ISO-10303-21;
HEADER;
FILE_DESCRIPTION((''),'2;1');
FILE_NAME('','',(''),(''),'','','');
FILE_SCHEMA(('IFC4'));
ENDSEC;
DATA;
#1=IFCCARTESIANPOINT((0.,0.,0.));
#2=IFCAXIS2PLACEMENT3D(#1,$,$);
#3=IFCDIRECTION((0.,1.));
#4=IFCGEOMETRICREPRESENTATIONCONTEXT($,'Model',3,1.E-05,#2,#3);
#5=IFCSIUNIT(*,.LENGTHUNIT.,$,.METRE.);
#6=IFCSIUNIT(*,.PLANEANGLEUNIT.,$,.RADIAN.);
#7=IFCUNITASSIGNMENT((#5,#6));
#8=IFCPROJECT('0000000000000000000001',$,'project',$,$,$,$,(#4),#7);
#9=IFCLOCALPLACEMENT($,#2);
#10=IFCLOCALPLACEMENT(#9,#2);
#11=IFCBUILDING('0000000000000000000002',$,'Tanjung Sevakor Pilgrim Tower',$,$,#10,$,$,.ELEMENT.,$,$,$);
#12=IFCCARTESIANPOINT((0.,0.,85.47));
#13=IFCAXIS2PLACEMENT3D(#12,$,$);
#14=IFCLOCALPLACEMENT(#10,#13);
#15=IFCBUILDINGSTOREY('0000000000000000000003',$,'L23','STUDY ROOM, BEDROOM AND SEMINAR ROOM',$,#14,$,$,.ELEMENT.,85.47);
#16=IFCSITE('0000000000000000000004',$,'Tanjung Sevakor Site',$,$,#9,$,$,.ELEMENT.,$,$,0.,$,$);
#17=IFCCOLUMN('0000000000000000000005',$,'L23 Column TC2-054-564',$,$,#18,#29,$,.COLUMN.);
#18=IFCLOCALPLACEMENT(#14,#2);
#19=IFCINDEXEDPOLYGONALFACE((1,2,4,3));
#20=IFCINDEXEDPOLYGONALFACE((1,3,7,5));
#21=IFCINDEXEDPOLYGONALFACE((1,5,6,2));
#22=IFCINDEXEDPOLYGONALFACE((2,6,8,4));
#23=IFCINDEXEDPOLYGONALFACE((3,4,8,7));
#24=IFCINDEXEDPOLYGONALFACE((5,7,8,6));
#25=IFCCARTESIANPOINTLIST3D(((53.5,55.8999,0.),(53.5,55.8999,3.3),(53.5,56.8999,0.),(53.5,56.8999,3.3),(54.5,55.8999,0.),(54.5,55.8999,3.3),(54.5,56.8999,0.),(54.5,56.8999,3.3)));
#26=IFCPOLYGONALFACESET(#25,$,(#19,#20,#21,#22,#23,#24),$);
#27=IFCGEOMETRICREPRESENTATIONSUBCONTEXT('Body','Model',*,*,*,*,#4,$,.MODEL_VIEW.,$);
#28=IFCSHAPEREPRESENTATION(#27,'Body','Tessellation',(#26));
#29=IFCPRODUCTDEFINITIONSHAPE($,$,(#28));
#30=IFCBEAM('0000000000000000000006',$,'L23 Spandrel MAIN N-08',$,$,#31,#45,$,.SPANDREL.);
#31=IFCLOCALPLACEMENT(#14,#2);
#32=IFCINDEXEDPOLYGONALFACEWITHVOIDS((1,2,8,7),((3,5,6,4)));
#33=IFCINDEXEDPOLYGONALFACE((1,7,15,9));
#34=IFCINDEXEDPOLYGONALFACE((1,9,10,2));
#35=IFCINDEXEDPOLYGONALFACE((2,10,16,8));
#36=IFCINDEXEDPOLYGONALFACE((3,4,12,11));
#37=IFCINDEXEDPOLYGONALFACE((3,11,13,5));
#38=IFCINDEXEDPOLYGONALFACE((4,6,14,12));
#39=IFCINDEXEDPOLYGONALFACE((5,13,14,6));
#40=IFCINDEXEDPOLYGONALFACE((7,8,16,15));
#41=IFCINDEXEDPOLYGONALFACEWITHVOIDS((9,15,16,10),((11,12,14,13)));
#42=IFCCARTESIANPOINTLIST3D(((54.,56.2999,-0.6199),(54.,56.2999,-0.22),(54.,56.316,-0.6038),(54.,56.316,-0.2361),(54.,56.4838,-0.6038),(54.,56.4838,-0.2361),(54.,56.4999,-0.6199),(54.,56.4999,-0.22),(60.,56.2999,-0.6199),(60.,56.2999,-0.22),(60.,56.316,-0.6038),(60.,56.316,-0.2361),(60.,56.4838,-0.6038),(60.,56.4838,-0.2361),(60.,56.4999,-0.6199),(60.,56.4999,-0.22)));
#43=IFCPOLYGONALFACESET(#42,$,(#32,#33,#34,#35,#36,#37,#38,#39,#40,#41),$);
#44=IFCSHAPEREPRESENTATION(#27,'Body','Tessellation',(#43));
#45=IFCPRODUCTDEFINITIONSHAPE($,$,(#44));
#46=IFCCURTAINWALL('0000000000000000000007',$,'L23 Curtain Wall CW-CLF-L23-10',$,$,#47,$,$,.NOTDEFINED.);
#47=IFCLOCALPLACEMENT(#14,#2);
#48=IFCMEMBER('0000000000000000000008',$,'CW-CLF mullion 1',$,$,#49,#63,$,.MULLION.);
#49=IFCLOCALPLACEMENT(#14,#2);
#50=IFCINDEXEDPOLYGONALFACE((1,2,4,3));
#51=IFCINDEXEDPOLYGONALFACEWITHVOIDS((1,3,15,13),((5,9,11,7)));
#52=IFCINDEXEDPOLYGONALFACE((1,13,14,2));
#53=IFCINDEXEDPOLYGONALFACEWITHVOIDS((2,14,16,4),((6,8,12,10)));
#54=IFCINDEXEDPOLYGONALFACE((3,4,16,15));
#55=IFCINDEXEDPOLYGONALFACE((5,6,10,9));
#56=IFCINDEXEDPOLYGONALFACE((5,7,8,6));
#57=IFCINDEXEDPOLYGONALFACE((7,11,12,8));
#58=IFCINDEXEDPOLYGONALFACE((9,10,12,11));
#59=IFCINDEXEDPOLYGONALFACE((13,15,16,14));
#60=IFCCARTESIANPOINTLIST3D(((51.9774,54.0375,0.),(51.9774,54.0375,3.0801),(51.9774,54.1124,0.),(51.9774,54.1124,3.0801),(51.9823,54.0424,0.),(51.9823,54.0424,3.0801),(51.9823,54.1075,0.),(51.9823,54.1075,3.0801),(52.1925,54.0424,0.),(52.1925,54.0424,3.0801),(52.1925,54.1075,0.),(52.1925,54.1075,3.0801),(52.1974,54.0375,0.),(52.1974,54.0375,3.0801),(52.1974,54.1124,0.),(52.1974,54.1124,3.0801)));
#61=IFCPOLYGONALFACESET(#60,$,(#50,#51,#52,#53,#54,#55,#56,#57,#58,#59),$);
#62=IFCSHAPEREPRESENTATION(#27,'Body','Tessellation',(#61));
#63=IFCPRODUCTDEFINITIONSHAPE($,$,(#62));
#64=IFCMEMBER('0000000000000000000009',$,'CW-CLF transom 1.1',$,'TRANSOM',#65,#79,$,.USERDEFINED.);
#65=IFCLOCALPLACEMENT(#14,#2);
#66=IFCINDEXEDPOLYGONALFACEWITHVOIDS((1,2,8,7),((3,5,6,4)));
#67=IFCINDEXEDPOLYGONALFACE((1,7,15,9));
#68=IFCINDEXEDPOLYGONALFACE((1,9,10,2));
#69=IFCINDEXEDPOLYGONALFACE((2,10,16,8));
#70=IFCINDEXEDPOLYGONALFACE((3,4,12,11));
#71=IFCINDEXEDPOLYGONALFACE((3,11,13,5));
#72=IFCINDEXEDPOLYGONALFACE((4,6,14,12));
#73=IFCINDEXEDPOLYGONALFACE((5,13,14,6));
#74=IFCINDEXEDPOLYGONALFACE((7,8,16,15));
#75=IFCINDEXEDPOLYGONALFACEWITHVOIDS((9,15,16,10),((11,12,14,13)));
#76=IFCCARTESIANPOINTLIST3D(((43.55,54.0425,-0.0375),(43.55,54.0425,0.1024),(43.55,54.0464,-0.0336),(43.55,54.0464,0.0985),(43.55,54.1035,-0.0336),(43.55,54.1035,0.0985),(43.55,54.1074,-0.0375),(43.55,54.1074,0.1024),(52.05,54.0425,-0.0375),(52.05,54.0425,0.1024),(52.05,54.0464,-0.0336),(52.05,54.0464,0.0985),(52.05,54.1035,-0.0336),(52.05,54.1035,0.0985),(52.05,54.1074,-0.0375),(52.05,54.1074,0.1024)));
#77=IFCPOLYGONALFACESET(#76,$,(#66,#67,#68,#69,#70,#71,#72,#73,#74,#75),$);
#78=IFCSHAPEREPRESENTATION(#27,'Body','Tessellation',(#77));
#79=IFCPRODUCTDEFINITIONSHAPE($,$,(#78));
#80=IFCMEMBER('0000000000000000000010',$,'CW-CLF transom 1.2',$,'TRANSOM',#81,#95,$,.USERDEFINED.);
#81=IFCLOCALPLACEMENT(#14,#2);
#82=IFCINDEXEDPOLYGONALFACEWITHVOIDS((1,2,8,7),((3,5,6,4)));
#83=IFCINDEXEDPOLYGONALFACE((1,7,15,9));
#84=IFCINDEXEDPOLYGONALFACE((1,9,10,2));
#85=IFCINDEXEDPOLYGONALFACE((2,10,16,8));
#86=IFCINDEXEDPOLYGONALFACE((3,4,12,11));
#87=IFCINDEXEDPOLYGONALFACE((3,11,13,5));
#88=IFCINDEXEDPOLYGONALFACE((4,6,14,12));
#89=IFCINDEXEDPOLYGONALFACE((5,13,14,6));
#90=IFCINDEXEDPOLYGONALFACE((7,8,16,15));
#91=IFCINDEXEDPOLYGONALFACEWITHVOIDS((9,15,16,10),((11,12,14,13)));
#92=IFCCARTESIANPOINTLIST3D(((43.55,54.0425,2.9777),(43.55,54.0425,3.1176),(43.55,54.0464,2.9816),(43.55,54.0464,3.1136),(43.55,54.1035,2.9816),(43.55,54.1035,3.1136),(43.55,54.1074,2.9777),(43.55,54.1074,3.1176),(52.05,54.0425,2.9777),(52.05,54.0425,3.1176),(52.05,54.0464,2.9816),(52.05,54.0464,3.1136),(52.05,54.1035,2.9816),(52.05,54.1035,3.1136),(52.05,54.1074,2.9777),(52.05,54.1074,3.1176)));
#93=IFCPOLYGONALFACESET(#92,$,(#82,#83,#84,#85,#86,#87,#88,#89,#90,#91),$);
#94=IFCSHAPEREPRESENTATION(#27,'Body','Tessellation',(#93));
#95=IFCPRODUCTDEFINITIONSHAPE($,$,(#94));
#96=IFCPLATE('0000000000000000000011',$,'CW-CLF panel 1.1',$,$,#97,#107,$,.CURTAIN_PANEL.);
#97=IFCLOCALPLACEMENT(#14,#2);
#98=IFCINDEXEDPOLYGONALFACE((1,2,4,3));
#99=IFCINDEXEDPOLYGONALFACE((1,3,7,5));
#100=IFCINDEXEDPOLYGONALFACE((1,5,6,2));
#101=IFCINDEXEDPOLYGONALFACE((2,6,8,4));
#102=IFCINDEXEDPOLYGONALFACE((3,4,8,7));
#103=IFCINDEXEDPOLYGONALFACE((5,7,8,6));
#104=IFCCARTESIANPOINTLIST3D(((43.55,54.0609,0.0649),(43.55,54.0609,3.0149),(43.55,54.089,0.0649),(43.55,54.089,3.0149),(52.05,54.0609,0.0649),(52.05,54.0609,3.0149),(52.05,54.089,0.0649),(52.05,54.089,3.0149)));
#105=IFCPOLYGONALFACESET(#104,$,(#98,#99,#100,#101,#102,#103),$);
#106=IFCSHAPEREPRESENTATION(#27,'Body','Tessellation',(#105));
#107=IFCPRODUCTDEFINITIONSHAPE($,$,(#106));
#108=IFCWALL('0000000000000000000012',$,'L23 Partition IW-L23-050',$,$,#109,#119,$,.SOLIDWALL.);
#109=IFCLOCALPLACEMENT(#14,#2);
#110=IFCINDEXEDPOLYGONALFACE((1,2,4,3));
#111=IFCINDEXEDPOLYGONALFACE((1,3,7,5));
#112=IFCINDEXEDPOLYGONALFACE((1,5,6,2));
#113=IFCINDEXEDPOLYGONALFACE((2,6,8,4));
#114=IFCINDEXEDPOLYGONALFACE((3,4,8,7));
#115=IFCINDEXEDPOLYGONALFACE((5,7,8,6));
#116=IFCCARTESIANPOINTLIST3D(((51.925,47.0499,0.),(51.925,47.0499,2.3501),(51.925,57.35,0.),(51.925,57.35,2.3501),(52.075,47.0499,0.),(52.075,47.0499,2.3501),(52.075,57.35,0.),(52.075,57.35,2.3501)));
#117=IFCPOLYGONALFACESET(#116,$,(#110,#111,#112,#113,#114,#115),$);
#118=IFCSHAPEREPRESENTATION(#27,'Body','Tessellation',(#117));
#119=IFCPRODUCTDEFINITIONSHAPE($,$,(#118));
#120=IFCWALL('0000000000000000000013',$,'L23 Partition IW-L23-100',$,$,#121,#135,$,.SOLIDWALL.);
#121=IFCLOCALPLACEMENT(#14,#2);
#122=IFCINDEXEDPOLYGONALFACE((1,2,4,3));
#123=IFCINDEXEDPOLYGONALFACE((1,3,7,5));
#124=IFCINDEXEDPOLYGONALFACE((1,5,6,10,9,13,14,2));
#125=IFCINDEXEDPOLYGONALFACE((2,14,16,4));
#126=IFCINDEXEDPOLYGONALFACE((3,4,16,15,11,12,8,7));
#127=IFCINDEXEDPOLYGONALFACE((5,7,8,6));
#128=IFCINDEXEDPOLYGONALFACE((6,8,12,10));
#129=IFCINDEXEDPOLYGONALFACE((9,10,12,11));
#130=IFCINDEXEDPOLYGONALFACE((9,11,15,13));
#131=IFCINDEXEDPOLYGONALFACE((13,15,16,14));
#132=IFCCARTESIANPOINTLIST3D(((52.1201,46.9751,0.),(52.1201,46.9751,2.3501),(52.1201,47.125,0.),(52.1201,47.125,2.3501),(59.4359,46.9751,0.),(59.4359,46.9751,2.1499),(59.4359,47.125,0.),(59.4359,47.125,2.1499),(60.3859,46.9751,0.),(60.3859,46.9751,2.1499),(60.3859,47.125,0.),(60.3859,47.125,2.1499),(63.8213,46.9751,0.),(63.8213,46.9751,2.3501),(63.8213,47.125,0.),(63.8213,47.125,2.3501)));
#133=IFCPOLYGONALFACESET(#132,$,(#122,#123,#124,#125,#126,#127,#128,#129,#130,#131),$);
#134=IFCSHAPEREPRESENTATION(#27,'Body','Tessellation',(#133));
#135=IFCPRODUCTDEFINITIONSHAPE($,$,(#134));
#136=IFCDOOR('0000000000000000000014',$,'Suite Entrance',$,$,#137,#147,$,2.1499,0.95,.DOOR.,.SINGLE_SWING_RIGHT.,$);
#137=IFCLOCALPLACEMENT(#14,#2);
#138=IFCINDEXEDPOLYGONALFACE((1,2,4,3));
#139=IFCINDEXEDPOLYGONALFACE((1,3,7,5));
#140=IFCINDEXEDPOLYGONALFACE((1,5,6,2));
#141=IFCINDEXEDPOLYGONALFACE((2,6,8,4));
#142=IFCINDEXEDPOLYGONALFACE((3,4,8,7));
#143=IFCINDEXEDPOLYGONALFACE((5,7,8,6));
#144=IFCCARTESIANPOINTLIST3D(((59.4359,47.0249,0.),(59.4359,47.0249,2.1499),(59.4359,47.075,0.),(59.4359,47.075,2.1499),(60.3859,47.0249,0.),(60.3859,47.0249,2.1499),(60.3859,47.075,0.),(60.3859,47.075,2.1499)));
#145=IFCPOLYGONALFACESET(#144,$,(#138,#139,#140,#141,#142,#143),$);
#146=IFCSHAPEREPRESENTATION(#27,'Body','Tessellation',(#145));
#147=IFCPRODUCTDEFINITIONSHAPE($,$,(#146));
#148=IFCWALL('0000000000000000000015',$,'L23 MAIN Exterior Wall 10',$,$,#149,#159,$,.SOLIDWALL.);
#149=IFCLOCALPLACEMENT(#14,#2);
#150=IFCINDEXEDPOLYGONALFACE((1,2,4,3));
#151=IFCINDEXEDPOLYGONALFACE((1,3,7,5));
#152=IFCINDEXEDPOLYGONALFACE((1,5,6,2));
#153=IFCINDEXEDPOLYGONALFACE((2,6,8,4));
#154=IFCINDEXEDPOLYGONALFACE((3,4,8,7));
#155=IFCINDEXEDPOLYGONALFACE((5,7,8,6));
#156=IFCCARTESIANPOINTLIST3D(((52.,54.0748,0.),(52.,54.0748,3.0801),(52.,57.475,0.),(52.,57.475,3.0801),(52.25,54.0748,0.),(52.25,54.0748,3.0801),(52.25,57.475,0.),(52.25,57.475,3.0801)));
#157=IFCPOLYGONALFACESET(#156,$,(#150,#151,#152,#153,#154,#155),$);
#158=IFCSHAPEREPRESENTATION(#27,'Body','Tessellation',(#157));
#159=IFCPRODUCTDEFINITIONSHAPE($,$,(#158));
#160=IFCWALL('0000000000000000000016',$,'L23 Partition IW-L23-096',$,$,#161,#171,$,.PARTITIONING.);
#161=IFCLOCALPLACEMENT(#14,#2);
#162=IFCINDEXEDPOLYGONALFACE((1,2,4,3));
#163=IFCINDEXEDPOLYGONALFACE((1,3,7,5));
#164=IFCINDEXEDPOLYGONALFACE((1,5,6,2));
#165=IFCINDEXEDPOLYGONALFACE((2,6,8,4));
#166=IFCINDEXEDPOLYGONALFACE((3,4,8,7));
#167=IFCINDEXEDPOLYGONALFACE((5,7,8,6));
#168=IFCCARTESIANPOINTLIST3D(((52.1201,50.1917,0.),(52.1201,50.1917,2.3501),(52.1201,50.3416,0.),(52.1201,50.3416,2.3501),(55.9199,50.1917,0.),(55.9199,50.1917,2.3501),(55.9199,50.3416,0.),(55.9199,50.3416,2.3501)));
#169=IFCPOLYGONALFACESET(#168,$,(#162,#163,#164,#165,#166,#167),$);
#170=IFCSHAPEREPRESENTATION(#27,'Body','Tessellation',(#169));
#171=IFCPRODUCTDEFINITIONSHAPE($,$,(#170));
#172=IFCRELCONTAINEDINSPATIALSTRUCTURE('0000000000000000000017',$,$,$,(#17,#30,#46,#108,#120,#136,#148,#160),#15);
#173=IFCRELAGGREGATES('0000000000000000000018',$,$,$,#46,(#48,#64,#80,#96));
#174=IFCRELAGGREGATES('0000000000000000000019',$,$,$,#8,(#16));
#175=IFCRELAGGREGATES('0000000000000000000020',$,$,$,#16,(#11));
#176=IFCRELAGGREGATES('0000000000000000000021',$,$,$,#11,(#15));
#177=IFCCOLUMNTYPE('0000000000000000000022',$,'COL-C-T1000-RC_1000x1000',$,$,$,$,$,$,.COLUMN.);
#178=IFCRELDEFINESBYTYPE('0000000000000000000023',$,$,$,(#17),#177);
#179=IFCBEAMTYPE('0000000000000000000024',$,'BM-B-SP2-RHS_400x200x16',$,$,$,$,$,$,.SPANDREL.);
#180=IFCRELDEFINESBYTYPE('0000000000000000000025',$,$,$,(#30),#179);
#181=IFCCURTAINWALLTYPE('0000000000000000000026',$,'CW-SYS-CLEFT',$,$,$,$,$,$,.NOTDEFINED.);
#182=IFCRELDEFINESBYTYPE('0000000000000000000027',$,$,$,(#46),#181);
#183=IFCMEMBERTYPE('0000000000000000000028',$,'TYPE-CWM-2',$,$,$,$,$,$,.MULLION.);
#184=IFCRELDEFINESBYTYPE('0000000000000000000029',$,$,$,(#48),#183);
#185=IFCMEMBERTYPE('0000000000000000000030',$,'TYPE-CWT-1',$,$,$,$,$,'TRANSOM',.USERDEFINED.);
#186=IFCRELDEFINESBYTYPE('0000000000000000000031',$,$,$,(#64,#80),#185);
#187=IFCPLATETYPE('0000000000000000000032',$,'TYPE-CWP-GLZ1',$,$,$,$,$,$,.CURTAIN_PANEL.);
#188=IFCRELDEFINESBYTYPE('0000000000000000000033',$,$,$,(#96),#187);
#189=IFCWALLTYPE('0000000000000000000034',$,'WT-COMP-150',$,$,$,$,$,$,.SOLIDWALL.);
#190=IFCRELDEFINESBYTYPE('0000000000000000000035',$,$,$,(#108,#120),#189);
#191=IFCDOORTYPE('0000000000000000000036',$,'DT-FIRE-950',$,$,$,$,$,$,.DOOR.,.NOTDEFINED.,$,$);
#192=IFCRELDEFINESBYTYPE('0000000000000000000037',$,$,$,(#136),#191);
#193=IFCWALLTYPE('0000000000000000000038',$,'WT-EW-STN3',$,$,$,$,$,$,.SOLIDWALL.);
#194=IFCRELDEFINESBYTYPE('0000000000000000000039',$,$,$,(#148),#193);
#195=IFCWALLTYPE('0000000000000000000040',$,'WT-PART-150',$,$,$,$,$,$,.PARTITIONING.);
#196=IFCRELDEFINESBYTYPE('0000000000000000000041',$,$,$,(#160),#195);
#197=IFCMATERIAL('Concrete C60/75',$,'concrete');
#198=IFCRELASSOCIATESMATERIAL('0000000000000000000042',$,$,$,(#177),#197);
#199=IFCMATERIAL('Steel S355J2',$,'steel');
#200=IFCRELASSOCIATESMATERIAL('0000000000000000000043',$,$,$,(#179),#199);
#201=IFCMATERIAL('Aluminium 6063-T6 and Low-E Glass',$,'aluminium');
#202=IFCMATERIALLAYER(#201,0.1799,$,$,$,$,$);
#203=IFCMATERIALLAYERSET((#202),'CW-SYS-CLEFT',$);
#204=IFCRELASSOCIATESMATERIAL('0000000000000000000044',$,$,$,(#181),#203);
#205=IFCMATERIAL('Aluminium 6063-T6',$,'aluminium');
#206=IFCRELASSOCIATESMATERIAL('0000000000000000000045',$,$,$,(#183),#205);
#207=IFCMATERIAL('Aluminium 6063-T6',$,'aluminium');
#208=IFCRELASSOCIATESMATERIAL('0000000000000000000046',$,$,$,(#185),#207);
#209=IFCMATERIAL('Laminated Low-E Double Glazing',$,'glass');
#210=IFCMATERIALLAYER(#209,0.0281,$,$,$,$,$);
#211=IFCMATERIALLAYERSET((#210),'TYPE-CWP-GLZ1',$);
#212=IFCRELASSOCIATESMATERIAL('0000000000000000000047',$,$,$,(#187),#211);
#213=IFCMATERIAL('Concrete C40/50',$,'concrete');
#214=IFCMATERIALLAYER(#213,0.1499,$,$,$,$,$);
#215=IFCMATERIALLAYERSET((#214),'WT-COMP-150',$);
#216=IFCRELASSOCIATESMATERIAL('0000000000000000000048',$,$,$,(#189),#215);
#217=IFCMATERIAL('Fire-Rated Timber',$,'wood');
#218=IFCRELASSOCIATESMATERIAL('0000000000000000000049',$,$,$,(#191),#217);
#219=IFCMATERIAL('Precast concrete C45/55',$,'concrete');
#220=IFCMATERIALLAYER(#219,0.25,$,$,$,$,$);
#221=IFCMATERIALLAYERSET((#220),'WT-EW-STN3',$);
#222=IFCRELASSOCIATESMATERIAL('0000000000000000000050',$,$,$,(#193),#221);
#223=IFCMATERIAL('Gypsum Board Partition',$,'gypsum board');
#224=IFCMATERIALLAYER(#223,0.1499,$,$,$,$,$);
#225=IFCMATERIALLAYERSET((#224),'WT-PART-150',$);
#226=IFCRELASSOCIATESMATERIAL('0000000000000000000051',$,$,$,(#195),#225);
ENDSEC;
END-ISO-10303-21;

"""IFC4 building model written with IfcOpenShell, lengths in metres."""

from ifc_helpers import new_model, si_unit, direction, frame, frame_2d, origin, origin_2d, place, context, subcontext, project, spatial, rectangle, hollow_rectangle, extrude, material, layer, layer_set, material_profile, profile_set, type_object, element, fill, aggregate, save


model = new_model("IFC4")

# Units and contexts
model_context = context("Model", 3, precision=1e-05, world=origin(), true_north=direction((0.0, 1.0)))
body_context = subcontext(model_context, "Body", "Model", "MODEL_VIEW")
ifc_project = project(units=[si_unit("LENGTHUNIT", "METRE"), si_unit("PLANEANGLEUNIT", "RADIAN")], contexts=[model_context])

# Site, building, storey
site_placement = place(None, origin())
site = spatial("IfcSite", under=ifc_project, at=site_placement, Name="Tanjung Sevakor Site", CompositionType="ELEMENT", RefElevation=0.0)
building_placement = place(site_placement, origin())
building = spatial("IfcBuilding", under=site, at=building_placement, Name="Tanjung Sevakor Pilgrim Tower", CompositionType="ELEMENT")
storey_placement = place(building_placement, frame((0.0, 0.0, 85.47)))
storey = spatial("IfcBuildingStorey", under=building, at=storey_placement, Name="L23", Description="STUDY ROOM, BEDROOM AND SEMINAR ROOM", CompositionType="ELEMENT", Elevation=85.47)

# Column
ifc_material_1 = material(Name="Concrete C60/75", Category="concrete")
ifc_material_profile_1 = material_profile(ifc_material_1, rectangle(XDim=1.0, YDim=1.0, at=origin_2d()))
ifc_profile_set_1 = profile_set([ifc_material_profile_1], Name="Concrete C60/75")
column_type = type_object("IfcColumnType", Name="COL-C-T1000-RC_1000x1000", PredefinedType="COLUMN", material=ifc_profile_set_1)
column_placement = place(storey_placement, frame((54.0, 56.3999, 0.0), z_axis=(0.0, 0.0, 1.0), x_axis=(1.0, 0.0, 0.0)))
element("IfcColumn", 1, at=column_placement, inside=storey, type_object=column_type, Name="L23 Column TC2-054-564", PredefinedType="COLUMN", context=body_context, shape_type="SweptSolid", body=[
    extrude(rectangle(XDim=1.0, YDim=1.0, at=origin_2d()), origin(), (0.0, 0.0, 1.0), 3.3),
])

# Beam
ifc_material_2 = material(Name="Steel S355J2", Category="steel")
ifc_material_profile_2 = material_profile(ifc_material_2, hollow_rectangle(XDim=0.2, YDim=0.3999, WallThickness=0.0161, at=origin_2d()))
ifc_profile_set_2 = profile_set([ifc_material_profile_2], Name="Steel S355J2")
beam_type = type_object("IfcBeamType", Name="BM-B-SP2-RHS_400x200x16", PredefinedType="SPANDREL", material=ifc_profile_set_2)
beam_placement = place(storey_placement, frame((54.0, 56.3999, -0.4199), z_axis=(1.0, 0.0, 0.0), x_axis=(0.0, 1.0, 0.0)))
element("IfcBeam", 2, at=beam_placement, inside=storey, type_object=beam_type, Name="L23 Spandrel MAIN N-08", PredefinedType="SPANDREL", context=body_context, shape_type="SweptSolid", body=[
    extrude(hollow_rectangle(XDim=0.2, YDim=0.3999, WallThickness=0.0161, at=origin_2d()), origin(), (0.0, 0.0, 1.0), 6.0),
])

# Curtain wall, members, plate
ifc_material_3 = material(Name="Aluminium 6063-T6 and Low-E Glass", Category="aluminium")
ifc_layer_1 = layer(ifc_material_3, 0.1799)
ifc_layer_set_1 = layer_set([ifc_layer_1], Name="CW-SYS-CLEFT")
curtain_wall_type = type_object("IfcCurtainWallType", Name="CW-SYS-CLEFT", PredefinedType="NOTDEFINED", material=ifc_layer_set_1)
curtain_wall_placement = place(storey_placement, origin())
curtain_wall = element("IfcCurtainWall", 3, at=curtain_wall_placement, inside=storey, type_object=curtain_wall_type, Name="L23 Curtain Wall CW-CLF-L23-10", PredefinedType="NOTDEFINED")
ifc_material_4 = material(Name="Aluminium 6063-T6", Category="aluminium")
ifc_material_profile_3 = material_profile(ifc_material_4, hollow_rectangle(XDim=0.075, YDim=0.22, WallThickness=0.0049, at=origin_2d()))
ifc_profile_set_3 = profile_set([ifc_material_profile_3], Name="Aluminium 6063-T6")
member_type_1 = type_object("IfcMemberType", Name="TYPE-CWM-2", PredefinedType="MULLION", material=ifc_profile_set_3)
member_1_placement = place(storey_placement, frame((52.0874, 54.075, 0.0), z_axis=(0.0, 0.0, 1.0), x_axis=(0.0, -1.0, 0.0)))
member_1 = element("IfcMember", 4, at=member_1_placement, type_object=member_type_1, Name="CW-CLF mullion 1", PredefinedType="MULLION", context=body_context, shape_type="SweptSolid", body=[
    extrude(hollow_rectangle(XDim=0.075, YDim=0.22, WallThickness=0.0049, at=origin_2d()), origin(), (0.0, 0.0, 1.0), 3.0801),
])
ifc_material_5 = material(Name="Aluminium 6063-T6", Category="aluminium")
ifc_material_profile_4 = material_profile(ifc_material_5, hollow_rectangle(XDim=0.0649, YDim=0.1399, WallThickness=0.0039, at=origin_2d()))
ifc_profile_set_4 = profile_set([ifc_material_profile_4], Name="Aluminium 6063-T6")
member_type_2 = type_object("IfcMemberType", Name="TYPE-CWT-1", ElementType="TRANSOM", PredefinedType="USERDEFINED", material=ifc_profile_set_4)
member_2_placement = place(storey_placement, frame((52.05, 54.075, 0.0325), z_axis=(-1.0, 0.0, 0.0), x_axis=(0.0, -1.0, 0.0)))
member_2 = element("IfcMember", 5, at=member_2_placement, type_object=member_type_2, Name="CW-CLF transom 1.1", ObjectType="TRANSOM", PredefinedType="USERDEFINED", context=body_context, shape_type="SweptSolid", body=[
    extrude(hollow_rectangle(XDim=0.0649, YDim=0.1399, WallThickness=0.0039, at=origin_2d()), origin(), (0.0, 0.0, 1.0), 8.5),
])
member_3_placement = place(storey_placement, frame((52.05, 54.075, 3.0476), z_axis=(-1.0, 0.0, 0.0), x_axis=(0.0, -1.0, 0.0)))
member_3 = element("IfcMember", 6, at=member_3_placement, type_object=member_type_2, Name="CW-CLF transom 1.2", ObjectType="TRANSOM", PredefinedType="USERDEFINED", context=body_context, shape_type="SweptSolid", body=[
    extrude(hollow_rectangle(XDim=0.0649, YDim=0.1399, WallThickness=0.0039, at=origin_2d()), origin(), (0.0, 0.0, 1.0), 8.5),
])
ifc_material_6 = material(Name="Laminated Low-E Double Glazing", Category="glass")
ifc_layer_2 = layer(ifc_material_6, 0.0281)
ifc_layer_set_2 = layer_set([ifc_layer_2], Name="TYPE-CWP-GLZ1")
plate_type = type_object("IfcPlateType", Name="TYPE-CWP-GLZ1", PredefinedType="CURTAIN_PANEL", material=ifc_layer_set_2)
plate_placement = place(storey_placement, frame((47.8, 54.075, 0.0649), z_axis=(0.0, 0.0, 1.0), x_axis=(-1.0, 0.0, 0.0)))
plate = element("IfcPlate", 7, at=plate_placement, type_object=plate_type, Name="CW-CLF panel 1.1", PredefinedType="CURTAIN_PANEL", context=body_context, shape_type="SweptSolid", body=[
    extrude(rectangle(XDim=8.5, YDim=0.0281, at=origin_2d()), origin(), (0.0, 0.0, 1.0), 2.95),
])
aggregate(curtain_wall, [member_1, member_2, member_3, plate])

# Wall
ifc_material_7 = material(Name="Concrete C40/50", Category="concrete")
ifc_layer_3 = layer(ifc_material_7, 0.1499)
ifc_layer_set_3 = layer_set([ifc_layer_3], Name="WT-COMP-150")
wall_type_1 = type_object("IfcWallType", Name="WT-COMP-150", PredefinedType="SOLIDWALL", material=ifc_layer_set_3)
wall_1_placement = place(storey_placement, frame((52.0, 47.05, 0.0), z_axis=(0.0, 0.0, 1.0), x_axis=(0.0, 1.0, 0.0)))
element("IfcWall", 8, at=wall_1_placement, inside=storey, type_object=wall_type_1, Name="L23 Partition IW-L23-050", PredefinedType="SOLIDWALL", context=body_context, shape_type="SweptSolid", body=[
    extrude(rectangle(XDim=10.3, YDim=0.1499, at=frame_2d((5.1499, 0.0))), origin(), (0.0, 0.0, 1.0), 2.3501),
])

# Wall, opening, door
wall_2_placement = place(storey_placement, frame((52.1201, 47.05, 0.0), z_axis=(0.0, 0.0, 1.0), x_axis=(1.0, 0.0, 0.0)))
wall_2 = element("IfcWall", 9, at=wall_2_placement, inside=storey, type_object=wall_type_1, Name="L23 Partition IW-L23-100", PredefinedType="SOLIDWALL", context=body_context, shape_type="SweptSolid", body=[
    extrude(rectangle(XDim=11.7012, YDim=0.1499, at=frame_2d((5.8506, 0.0))), origin(), (0.0, 0.0, 1.0), 2.3501),
])
opening_1_placement = place(wall_2_placement, frame((7.3157, 0.0, 0.0)))
opening_1 = element("IfcOpeningElement", 10, at=opening_1_placement, cuts=wall_2, PredefinedType="OPENING", context=body_context, shape_type="SweptSolid", body=[
    extrude(rectangle(XDim=0.95, YDim=2.1499, at=frame_2d((0.4751, 1.075))), frame((0.0, 0.085, 0.0), z_axis=(0.0, -1.0, 0.0), x_axis=(1.0, 0.0, 0.0)), (0.0, 0.0, 1.0), 0.1699),
])
ifc_material_8 = material(Name="Fire-Rated Timber", Category="wood")
door_type_1 = type_object("IfcDoorType", Name="DT-FIRE-950", OperationType="NOTDEFINED", PredefinedType="DOOR", material=ifc_material_8)
door_1_placement = place(opening_1_placement, origin())
door_1 = element("IfcDoor", 11, at=door_1_placement, inside=storey, type_object=door_type_1, Name="Suite Entrance", OperationType="SINGLE_SWING_RIGHT", OverallHeight=2.1499, OverallWidth=0.95, PredefinedType="DOOR", context=body_context, shape_type="SweptSolid", body=[
    extrude(rectangle(XDim=0.95, YDim=2.1499, at=frame_2d((0.4751, 1.075))), frame((0.0, 0.0249, 0.0), z_axis=(0.0, -1.0, 0.0), x_axis=(1.0, 0.0, 0.0)), (0.0, 0.0, 1.0), 0.05),
])
fill(opening_1, door_1)

# Walls
ifc_material_9 = material(Name="Precast concrete C45/55", Category="concrete")
ifc_layer_4 = layer(ifc_material_9, 0.25)
ifc_layer_set_4 = layer_set([ifc_layer_4], Name="WT-EW-STN3")
wall_type_2 = type_object("IfcWallType", Name="WT-EW-STN3", PredefinedType="SOLIDWALL", material=ifc_layer_set_4)
wall_3_placement = place(storey_placement, frame((52.125, 57.4751, 0.0), z_axis=(0.0, 0.0, 1.0), x_axis=(0.0, -1.0, 0.0)))
element("IfcWall", 12, at=wall_3_placement, inside=storey, type_object=wall_type_2, Name="L23 MAIN Exterior Wall 10", PredefinedType="SOLIDWALL", context=body_context, shape_type="SweptSolid", body=[
    extrude(rectangle(XDim=3.4001, YDim=0.25, at=frame_2d((1.7002, 0.0))), origin(), (0.0, 0.0, 1.0), 3.0801),
])
ifc_material_10 = material(Name="Gypsum Board Partition", Category="gypsum board")
ifc_layer_5 = layer(ifc_material_10, 0.1499)
ifc_layer_set_5 = layer_set([ifc_layer_5], Name="WT-PART-150")
wall_type_3 = type_object("IfcWallType", Name="WT-PART-150", PredefinedType="PARTITIONING", material=ifc_layer_set_5)
wall_4_placement = place(storey_placement, frame((52.1201, 50.2666, 0.0), z_axis=(0.0, 0.0, 1.0), x_axis=(1.0, 0.0, 0.0)))
element("IfcWall", 13, at=wall_4_placement, inside=storey, type_object=wall_type_3, Name="L23 Partition IW-L23-096", PredefinedType="PARTITIONING", context=body_context, shape_type="SweptSolid", body=[
    extrude(rectangle(XDim=3.7998, YDim=0.1499, at=frame_2d((1.8999, 0.0))), origin(), (0.0, 0.0, 1.0), 2.3501),
])

save(model, "model.ifc")
